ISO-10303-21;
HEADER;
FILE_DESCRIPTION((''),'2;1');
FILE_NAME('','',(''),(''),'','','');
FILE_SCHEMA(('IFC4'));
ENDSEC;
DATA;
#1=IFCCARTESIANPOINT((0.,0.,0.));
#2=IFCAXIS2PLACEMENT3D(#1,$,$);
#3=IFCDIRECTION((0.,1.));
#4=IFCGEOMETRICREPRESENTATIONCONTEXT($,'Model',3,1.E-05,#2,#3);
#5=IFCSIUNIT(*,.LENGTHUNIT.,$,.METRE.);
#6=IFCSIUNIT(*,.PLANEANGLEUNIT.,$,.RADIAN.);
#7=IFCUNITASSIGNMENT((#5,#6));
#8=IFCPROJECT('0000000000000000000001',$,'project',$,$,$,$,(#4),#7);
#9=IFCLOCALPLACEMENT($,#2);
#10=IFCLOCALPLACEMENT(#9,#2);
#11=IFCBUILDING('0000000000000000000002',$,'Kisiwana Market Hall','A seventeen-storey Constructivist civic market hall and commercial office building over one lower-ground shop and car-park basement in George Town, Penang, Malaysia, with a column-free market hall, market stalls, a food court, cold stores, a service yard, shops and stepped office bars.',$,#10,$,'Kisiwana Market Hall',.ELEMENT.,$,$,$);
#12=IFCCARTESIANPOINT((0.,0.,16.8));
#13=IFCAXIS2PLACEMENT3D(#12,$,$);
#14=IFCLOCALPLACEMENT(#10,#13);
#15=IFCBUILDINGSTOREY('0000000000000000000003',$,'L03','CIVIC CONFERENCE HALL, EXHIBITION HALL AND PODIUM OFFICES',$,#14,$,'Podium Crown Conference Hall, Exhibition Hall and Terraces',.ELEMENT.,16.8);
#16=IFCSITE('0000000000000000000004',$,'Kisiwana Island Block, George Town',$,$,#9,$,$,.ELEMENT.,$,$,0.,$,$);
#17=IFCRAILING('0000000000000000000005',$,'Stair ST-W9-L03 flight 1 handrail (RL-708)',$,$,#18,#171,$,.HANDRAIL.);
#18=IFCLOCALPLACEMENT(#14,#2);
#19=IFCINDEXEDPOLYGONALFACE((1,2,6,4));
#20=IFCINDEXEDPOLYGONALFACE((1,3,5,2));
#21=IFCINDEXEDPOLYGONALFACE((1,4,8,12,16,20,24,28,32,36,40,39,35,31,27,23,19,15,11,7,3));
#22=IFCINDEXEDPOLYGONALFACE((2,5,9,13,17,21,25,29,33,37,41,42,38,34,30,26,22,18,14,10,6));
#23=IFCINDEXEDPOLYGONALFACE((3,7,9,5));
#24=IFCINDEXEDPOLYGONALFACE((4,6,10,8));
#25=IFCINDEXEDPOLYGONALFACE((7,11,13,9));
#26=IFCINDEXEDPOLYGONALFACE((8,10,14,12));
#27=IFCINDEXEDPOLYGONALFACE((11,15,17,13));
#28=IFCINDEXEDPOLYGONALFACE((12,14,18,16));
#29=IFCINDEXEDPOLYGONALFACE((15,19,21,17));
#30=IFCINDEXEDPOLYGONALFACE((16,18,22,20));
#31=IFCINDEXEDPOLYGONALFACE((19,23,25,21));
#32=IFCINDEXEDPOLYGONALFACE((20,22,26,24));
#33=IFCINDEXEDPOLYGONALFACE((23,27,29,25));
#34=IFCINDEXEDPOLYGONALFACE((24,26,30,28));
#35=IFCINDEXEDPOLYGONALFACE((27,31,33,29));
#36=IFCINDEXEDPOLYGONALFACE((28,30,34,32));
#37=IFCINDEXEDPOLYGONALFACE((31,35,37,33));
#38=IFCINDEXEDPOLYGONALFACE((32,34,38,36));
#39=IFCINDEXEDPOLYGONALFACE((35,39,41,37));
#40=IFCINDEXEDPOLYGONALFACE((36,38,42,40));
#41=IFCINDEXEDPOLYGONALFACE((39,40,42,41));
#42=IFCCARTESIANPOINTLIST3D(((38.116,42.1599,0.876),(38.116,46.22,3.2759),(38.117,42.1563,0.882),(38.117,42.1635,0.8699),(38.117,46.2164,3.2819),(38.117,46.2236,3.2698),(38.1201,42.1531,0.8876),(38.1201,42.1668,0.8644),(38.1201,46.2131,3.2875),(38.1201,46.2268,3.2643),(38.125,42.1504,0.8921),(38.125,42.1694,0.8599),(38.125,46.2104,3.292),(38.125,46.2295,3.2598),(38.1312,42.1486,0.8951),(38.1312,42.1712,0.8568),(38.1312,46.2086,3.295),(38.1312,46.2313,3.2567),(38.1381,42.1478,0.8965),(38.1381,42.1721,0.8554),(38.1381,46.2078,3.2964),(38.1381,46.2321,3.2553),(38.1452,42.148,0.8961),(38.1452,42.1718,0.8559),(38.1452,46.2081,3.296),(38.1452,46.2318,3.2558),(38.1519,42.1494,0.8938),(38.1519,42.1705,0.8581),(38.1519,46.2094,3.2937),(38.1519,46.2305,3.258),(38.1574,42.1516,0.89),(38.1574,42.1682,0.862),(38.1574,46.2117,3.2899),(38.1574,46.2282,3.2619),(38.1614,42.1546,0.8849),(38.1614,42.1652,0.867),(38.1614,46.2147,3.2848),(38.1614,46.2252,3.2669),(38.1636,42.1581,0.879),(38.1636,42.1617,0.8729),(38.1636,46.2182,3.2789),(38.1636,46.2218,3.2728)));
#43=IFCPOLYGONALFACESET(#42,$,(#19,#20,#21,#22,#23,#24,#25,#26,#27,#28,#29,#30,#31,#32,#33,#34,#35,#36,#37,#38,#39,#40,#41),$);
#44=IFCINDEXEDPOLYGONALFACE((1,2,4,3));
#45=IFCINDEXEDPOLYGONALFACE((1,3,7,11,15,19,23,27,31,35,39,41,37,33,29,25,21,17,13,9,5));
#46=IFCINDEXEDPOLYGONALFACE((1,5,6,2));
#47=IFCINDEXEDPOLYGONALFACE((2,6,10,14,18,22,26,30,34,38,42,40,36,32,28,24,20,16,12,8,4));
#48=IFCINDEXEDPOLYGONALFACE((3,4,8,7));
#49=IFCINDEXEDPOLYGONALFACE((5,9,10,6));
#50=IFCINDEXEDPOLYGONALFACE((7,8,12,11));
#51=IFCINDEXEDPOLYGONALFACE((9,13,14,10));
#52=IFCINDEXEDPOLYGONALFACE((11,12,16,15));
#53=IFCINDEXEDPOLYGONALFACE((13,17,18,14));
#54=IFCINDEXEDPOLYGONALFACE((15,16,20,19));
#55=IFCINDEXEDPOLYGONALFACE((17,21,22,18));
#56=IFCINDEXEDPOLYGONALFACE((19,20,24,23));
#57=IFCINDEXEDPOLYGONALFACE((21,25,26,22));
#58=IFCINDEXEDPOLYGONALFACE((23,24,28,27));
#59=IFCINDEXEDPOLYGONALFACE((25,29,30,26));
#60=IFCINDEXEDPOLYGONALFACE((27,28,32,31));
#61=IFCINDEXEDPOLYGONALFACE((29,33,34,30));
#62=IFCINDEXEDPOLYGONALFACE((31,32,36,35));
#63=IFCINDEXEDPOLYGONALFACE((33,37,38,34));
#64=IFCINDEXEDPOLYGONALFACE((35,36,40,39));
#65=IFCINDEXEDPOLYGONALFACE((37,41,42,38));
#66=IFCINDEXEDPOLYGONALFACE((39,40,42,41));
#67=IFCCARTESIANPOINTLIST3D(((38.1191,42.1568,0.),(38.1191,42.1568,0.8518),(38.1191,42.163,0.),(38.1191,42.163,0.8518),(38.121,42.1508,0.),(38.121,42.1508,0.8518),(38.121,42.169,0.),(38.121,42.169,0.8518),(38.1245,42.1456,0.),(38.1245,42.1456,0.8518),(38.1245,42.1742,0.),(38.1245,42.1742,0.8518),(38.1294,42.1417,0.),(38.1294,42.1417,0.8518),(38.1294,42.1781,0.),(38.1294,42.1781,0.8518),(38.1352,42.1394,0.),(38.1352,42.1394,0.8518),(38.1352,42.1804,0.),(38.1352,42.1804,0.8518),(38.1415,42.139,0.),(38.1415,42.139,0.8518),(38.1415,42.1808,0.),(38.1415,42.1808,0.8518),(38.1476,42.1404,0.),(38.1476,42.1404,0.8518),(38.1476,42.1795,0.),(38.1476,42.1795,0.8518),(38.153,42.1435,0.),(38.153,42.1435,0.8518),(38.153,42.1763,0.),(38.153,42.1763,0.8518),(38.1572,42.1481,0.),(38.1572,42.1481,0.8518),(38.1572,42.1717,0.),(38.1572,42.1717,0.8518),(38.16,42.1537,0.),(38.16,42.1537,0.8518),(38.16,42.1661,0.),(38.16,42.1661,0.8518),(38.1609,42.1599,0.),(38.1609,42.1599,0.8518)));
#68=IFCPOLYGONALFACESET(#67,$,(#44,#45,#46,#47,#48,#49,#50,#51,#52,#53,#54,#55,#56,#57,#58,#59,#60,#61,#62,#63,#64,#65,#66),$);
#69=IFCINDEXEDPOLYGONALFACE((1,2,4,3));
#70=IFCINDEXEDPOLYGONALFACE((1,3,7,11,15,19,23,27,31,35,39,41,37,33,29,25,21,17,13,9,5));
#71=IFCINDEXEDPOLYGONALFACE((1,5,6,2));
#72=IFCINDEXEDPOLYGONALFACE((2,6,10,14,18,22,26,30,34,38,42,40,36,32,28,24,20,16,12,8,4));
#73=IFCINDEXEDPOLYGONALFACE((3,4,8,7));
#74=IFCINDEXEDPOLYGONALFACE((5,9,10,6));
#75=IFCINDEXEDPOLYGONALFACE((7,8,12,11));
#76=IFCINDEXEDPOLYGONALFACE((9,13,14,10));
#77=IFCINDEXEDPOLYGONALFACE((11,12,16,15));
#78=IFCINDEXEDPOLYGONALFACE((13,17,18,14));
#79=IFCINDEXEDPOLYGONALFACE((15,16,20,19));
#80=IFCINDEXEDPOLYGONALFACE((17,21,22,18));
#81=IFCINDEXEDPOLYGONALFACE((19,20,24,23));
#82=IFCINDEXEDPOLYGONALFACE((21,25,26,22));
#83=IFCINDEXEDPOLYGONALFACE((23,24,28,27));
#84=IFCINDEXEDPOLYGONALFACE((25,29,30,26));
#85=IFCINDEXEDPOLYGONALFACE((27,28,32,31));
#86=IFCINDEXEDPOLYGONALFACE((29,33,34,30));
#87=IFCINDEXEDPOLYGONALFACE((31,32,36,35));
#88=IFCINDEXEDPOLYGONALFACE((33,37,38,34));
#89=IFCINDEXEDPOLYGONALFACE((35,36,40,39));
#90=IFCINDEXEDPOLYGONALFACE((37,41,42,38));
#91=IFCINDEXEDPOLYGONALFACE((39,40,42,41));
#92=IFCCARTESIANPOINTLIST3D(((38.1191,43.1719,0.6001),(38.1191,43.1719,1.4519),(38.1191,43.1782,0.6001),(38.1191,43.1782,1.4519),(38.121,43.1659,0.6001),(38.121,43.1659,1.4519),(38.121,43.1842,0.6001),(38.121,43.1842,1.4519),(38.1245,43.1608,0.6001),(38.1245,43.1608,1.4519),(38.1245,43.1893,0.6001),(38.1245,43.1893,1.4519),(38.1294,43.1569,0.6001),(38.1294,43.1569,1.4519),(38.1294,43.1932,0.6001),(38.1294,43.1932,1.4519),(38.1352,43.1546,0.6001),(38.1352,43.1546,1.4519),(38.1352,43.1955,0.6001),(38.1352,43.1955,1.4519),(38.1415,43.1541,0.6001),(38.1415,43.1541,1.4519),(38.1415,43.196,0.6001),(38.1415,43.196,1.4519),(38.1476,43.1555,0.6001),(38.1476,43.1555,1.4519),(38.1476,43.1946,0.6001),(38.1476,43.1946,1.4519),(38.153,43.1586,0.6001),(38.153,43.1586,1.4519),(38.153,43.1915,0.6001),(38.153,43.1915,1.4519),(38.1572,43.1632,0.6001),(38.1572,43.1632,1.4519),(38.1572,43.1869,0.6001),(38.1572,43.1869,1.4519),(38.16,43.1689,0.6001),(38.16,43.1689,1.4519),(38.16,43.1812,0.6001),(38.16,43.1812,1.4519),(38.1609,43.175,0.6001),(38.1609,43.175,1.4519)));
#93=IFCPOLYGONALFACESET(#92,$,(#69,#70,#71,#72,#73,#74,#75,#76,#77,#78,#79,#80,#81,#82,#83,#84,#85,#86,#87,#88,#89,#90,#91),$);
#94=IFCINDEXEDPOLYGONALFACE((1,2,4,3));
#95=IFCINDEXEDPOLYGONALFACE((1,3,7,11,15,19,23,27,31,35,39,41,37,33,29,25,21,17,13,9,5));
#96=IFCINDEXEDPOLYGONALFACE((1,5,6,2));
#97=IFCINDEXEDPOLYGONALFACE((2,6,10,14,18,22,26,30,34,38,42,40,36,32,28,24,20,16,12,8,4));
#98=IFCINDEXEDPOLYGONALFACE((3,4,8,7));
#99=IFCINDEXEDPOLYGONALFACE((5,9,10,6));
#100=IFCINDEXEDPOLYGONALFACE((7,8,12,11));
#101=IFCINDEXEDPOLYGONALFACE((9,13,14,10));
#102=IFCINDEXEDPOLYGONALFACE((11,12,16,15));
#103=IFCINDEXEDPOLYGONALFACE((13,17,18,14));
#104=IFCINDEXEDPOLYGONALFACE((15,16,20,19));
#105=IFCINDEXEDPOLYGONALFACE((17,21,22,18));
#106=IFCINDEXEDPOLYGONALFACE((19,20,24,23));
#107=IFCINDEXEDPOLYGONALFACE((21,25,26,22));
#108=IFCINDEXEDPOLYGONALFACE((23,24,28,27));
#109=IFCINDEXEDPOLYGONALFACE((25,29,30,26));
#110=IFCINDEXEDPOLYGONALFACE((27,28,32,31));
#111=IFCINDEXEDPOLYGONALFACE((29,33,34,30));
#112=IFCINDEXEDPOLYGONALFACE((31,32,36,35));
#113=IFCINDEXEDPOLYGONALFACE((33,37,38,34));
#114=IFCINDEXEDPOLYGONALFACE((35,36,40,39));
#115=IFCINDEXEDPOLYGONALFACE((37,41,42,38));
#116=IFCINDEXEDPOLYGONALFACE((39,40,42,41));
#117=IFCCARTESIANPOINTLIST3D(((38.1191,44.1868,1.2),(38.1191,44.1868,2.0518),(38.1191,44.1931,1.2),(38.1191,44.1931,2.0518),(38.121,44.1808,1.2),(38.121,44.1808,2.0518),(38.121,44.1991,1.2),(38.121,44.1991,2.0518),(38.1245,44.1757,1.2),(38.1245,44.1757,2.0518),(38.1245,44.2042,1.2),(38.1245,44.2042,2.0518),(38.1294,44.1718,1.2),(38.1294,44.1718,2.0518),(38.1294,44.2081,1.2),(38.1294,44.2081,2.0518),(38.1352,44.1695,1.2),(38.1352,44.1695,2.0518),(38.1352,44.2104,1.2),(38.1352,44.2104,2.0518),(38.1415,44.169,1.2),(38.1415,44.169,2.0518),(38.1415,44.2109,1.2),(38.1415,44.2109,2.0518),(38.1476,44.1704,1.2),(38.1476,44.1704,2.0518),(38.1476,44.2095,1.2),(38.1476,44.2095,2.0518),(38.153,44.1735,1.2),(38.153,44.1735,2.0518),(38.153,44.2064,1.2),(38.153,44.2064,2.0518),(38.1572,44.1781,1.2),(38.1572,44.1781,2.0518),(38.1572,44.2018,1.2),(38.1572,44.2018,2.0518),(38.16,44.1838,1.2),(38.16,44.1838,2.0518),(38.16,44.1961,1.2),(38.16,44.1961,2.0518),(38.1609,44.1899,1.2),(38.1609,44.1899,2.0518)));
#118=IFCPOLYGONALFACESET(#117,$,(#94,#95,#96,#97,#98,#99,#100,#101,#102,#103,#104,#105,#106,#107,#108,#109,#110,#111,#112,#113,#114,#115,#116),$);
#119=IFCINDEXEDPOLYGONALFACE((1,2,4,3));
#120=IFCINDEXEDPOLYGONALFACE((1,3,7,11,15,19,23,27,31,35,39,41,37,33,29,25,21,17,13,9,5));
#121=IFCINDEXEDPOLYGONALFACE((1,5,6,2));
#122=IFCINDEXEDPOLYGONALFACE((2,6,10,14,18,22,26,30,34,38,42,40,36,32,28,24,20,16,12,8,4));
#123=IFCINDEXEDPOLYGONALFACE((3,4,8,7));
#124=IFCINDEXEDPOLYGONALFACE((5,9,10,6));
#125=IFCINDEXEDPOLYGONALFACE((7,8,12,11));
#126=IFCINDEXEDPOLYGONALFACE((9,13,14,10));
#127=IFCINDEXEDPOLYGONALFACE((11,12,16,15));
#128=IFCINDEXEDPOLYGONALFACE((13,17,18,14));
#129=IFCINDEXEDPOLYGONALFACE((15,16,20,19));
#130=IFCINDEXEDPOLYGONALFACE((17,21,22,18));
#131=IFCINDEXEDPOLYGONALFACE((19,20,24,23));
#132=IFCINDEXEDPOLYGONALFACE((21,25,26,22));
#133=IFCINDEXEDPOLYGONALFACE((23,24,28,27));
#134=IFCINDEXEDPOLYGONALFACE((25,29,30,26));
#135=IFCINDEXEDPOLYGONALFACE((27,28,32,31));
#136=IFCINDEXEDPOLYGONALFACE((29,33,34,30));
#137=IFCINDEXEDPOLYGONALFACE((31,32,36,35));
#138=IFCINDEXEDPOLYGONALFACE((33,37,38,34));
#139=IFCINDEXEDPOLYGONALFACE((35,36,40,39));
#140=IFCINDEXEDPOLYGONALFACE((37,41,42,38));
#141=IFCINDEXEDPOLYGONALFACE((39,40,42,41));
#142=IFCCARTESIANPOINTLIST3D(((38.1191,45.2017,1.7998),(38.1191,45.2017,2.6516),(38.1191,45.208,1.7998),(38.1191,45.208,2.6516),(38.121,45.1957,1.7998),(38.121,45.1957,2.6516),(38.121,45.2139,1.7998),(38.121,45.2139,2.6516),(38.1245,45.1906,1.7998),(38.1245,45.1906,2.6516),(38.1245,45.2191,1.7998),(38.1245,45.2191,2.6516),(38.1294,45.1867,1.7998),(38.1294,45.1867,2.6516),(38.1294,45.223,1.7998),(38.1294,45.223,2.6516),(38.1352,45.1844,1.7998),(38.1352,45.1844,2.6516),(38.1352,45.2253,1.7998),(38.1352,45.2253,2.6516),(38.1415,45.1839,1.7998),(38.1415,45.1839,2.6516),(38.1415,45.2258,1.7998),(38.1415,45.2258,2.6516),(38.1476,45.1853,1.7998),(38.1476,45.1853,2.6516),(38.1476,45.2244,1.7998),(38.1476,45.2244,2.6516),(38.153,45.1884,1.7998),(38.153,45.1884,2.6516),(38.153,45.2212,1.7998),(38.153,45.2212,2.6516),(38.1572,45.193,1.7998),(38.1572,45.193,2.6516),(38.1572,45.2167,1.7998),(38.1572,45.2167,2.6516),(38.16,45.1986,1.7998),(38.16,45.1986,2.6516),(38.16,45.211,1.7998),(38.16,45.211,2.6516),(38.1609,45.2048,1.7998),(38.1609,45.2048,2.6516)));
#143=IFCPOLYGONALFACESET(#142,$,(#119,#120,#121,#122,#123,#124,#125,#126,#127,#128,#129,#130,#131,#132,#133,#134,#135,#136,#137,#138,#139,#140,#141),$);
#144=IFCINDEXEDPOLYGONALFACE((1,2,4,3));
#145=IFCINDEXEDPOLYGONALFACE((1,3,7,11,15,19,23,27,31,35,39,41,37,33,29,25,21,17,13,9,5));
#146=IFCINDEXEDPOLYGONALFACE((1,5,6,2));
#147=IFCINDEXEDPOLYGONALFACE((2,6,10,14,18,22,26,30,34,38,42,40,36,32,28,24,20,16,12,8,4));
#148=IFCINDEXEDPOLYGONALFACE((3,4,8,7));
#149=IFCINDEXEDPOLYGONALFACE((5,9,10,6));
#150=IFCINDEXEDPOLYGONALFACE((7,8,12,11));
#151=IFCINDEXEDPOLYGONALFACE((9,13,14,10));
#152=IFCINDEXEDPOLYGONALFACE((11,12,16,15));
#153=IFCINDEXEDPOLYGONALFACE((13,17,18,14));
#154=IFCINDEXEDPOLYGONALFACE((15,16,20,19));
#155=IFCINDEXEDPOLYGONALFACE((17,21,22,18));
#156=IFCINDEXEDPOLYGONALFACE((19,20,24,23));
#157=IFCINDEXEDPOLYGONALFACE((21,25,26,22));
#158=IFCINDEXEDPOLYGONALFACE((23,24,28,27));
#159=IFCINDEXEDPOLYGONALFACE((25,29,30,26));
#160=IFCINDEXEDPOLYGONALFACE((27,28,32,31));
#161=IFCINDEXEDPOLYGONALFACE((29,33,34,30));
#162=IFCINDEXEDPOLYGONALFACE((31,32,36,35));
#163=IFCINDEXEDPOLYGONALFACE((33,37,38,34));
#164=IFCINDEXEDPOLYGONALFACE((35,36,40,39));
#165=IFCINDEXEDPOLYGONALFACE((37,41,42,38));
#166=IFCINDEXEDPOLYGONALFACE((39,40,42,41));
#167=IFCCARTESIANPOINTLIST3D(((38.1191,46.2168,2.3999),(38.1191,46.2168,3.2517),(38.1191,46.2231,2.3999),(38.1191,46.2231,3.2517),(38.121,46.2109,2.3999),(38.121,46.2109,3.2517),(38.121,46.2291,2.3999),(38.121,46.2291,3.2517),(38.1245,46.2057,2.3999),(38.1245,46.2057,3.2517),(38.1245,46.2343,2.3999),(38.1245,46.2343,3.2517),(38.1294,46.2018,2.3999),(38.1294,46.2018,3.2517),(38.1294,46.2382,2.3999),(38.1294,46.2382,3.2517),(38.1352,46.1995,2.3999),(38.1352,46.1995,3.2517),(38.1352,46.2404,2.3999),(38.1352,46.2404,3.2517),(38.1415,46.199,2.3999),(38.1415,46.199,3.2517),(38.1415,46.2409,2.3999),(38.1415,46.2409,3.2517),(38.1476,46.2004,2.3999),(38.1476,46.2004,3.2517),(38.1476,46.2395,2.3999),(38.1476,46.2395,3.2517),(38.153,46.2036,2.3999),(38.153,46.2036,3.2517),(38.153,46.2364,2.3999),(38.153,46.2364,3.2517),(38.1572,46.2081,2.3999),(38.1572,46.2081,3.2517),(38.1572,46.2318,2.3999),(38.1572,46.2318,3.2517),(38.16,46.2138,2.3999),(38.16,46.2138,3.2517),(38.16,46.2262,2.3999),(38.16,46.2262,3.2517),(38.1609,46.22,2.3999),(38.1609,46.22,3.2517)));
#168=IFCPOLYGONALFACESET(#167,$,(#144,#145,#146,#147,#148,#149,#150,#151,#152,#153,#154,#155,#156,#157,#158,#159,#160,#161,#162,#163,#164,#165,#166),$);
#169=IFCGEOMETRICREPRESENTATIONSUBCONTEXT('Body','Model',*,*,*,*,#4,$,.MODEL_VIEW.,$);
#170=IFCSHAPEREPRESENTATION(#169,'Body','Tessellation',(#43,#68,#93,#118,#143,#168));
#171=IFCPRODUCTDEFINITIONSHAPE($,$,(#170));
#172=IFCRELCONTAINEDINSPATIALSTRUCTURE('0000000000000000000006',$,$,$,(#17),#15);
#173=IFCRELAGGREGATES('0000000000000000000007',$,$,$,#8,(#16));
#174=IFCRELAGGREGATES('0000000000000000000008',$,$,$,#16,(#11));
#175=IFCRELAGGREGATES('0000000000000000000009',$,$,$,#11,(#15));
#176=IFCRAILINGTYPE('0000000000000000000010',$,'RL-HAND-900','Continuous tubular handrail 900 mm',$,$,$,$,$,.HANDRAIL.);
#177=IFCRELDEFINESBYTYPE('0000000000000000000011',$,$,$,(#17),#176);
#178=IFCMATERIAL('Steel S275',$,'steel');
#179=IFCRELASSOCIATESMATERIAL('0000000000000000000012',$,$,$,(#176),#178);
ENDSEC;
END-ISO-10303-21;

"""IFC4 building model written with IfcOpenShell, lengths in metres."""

from ifc_helpers import new_model, si_unit, direction, frame, origin, origin_2d, place, context, subcontext, project, spatial, circle, extrude, material, type_object, element, save


model = new_model("IFC4")

# Units and contexts
model_context = context("Model", 3, precision=1e-05, world=origin(), true_north=direction((0.0, 1.0)))
body_context = subcontext(model_context, "Body", "Model", "MODEL_VIEW")
ifc_project = project(units=[si_unit("LENGTHUNIT", "METRE"), si_unit("PLANEANGLEUNIT", "RADIAN")], contexts=[model_context])

# Site, building, storey
site_placement = place(None, origin())
site = spatial("IfcSite", under=ifc_project, at=site_placement, Name="Kisiwana Island Block, George Town", CompositionType="ELEMENT", RefElevation=0.0)
building_placement = place(site_placement, origin())
building = spatial("IfcBuilding", under=site, at=building_placement, Name="Kisiwana Market Hall", Description="A seventeen-storey Constructivist civic market hall and commercial office building over one lower-ground shop and car-park basement in George Town, Penang, Malaysia, with a column-free market hall, market stalls, a food court, cold stores, a service yard, shops and stepped office bars.", LongName="Kisiwana Market Hall", CompositionType="ELEMENT")
storey_placement = place(building_placement, frame((0.0, 0.0, 16.8)))
storey = spatial("IfcBuildingStorey", under=building, at=storey_placement, Name="L03", Description="CIVIC CONFERENCE HALL, EXHIBITION HALL AND PODIUM OFFICES", LongName="Podium Crown Conference Hall, Exhibition Hall and Terraces", CompositionType="ELEMENT", Elevation=16.8)

# Railing
ifc_material_1 = material(Name="Steel S275", Category="steel")
railing_type_1 = type_object("IfcRailingType", Name="RL-HAND-900", Description="Continuous tubular handrail 900 mm", PredefinedType="HANDRAIL", material=ifc_material_1)
railing_1_placement = place(storey_placement, frame((38.1399, 42.1599, 0.0)))
element("IfcRailing", 1, at=railing_1_placement, inside=storey, type_object=railing_type_1, Name="Stair ST-W9-L03 flight 1 handrail (RL-708)", PredefinedType="HANDRAIL", context=body_context, shape_type="SweptSolid", body=[
    extrude(circle(Radius=0.0239, at=origin_2d()), frame((0.0, 0.0, 0.876), z_axis=(0.0, 0.860854, 0.508851), x_axis=(-1.0, 0.0, 0.0)), (0.0, 0.0, 1.0), 4.7163),
    extrude(circle(Radius=0.021, at=origin_2d()), origin(), (0.0, 0.0, 1.0), 0.8518),
    extrude(circle(Radius=0.021, at=origin_2d()), frame((0.0, 1.0151, 0.6001)), (0.0, 0.0, 1.0), 0.8518),
    extrude(circle(Radius=0.021, at=origin_2d()), frame((0.0, 2.03, 1.2)), (0.0, 0.0, 1.0), 0.8518),
    extrude(circle(Radius=0.021, at=origin_2d()), frame((0.0, 3.0449, 1.7998)), (0.0, 0.0, 1.0), 0.8518),
    extrude(circle(Radius=0.021, at=origin_2d()), frame((0.0, 4.0601, 2.3999)), (0.0, 0.0, 1.0), 0.8518),
])

save(model, "model.ifc")
